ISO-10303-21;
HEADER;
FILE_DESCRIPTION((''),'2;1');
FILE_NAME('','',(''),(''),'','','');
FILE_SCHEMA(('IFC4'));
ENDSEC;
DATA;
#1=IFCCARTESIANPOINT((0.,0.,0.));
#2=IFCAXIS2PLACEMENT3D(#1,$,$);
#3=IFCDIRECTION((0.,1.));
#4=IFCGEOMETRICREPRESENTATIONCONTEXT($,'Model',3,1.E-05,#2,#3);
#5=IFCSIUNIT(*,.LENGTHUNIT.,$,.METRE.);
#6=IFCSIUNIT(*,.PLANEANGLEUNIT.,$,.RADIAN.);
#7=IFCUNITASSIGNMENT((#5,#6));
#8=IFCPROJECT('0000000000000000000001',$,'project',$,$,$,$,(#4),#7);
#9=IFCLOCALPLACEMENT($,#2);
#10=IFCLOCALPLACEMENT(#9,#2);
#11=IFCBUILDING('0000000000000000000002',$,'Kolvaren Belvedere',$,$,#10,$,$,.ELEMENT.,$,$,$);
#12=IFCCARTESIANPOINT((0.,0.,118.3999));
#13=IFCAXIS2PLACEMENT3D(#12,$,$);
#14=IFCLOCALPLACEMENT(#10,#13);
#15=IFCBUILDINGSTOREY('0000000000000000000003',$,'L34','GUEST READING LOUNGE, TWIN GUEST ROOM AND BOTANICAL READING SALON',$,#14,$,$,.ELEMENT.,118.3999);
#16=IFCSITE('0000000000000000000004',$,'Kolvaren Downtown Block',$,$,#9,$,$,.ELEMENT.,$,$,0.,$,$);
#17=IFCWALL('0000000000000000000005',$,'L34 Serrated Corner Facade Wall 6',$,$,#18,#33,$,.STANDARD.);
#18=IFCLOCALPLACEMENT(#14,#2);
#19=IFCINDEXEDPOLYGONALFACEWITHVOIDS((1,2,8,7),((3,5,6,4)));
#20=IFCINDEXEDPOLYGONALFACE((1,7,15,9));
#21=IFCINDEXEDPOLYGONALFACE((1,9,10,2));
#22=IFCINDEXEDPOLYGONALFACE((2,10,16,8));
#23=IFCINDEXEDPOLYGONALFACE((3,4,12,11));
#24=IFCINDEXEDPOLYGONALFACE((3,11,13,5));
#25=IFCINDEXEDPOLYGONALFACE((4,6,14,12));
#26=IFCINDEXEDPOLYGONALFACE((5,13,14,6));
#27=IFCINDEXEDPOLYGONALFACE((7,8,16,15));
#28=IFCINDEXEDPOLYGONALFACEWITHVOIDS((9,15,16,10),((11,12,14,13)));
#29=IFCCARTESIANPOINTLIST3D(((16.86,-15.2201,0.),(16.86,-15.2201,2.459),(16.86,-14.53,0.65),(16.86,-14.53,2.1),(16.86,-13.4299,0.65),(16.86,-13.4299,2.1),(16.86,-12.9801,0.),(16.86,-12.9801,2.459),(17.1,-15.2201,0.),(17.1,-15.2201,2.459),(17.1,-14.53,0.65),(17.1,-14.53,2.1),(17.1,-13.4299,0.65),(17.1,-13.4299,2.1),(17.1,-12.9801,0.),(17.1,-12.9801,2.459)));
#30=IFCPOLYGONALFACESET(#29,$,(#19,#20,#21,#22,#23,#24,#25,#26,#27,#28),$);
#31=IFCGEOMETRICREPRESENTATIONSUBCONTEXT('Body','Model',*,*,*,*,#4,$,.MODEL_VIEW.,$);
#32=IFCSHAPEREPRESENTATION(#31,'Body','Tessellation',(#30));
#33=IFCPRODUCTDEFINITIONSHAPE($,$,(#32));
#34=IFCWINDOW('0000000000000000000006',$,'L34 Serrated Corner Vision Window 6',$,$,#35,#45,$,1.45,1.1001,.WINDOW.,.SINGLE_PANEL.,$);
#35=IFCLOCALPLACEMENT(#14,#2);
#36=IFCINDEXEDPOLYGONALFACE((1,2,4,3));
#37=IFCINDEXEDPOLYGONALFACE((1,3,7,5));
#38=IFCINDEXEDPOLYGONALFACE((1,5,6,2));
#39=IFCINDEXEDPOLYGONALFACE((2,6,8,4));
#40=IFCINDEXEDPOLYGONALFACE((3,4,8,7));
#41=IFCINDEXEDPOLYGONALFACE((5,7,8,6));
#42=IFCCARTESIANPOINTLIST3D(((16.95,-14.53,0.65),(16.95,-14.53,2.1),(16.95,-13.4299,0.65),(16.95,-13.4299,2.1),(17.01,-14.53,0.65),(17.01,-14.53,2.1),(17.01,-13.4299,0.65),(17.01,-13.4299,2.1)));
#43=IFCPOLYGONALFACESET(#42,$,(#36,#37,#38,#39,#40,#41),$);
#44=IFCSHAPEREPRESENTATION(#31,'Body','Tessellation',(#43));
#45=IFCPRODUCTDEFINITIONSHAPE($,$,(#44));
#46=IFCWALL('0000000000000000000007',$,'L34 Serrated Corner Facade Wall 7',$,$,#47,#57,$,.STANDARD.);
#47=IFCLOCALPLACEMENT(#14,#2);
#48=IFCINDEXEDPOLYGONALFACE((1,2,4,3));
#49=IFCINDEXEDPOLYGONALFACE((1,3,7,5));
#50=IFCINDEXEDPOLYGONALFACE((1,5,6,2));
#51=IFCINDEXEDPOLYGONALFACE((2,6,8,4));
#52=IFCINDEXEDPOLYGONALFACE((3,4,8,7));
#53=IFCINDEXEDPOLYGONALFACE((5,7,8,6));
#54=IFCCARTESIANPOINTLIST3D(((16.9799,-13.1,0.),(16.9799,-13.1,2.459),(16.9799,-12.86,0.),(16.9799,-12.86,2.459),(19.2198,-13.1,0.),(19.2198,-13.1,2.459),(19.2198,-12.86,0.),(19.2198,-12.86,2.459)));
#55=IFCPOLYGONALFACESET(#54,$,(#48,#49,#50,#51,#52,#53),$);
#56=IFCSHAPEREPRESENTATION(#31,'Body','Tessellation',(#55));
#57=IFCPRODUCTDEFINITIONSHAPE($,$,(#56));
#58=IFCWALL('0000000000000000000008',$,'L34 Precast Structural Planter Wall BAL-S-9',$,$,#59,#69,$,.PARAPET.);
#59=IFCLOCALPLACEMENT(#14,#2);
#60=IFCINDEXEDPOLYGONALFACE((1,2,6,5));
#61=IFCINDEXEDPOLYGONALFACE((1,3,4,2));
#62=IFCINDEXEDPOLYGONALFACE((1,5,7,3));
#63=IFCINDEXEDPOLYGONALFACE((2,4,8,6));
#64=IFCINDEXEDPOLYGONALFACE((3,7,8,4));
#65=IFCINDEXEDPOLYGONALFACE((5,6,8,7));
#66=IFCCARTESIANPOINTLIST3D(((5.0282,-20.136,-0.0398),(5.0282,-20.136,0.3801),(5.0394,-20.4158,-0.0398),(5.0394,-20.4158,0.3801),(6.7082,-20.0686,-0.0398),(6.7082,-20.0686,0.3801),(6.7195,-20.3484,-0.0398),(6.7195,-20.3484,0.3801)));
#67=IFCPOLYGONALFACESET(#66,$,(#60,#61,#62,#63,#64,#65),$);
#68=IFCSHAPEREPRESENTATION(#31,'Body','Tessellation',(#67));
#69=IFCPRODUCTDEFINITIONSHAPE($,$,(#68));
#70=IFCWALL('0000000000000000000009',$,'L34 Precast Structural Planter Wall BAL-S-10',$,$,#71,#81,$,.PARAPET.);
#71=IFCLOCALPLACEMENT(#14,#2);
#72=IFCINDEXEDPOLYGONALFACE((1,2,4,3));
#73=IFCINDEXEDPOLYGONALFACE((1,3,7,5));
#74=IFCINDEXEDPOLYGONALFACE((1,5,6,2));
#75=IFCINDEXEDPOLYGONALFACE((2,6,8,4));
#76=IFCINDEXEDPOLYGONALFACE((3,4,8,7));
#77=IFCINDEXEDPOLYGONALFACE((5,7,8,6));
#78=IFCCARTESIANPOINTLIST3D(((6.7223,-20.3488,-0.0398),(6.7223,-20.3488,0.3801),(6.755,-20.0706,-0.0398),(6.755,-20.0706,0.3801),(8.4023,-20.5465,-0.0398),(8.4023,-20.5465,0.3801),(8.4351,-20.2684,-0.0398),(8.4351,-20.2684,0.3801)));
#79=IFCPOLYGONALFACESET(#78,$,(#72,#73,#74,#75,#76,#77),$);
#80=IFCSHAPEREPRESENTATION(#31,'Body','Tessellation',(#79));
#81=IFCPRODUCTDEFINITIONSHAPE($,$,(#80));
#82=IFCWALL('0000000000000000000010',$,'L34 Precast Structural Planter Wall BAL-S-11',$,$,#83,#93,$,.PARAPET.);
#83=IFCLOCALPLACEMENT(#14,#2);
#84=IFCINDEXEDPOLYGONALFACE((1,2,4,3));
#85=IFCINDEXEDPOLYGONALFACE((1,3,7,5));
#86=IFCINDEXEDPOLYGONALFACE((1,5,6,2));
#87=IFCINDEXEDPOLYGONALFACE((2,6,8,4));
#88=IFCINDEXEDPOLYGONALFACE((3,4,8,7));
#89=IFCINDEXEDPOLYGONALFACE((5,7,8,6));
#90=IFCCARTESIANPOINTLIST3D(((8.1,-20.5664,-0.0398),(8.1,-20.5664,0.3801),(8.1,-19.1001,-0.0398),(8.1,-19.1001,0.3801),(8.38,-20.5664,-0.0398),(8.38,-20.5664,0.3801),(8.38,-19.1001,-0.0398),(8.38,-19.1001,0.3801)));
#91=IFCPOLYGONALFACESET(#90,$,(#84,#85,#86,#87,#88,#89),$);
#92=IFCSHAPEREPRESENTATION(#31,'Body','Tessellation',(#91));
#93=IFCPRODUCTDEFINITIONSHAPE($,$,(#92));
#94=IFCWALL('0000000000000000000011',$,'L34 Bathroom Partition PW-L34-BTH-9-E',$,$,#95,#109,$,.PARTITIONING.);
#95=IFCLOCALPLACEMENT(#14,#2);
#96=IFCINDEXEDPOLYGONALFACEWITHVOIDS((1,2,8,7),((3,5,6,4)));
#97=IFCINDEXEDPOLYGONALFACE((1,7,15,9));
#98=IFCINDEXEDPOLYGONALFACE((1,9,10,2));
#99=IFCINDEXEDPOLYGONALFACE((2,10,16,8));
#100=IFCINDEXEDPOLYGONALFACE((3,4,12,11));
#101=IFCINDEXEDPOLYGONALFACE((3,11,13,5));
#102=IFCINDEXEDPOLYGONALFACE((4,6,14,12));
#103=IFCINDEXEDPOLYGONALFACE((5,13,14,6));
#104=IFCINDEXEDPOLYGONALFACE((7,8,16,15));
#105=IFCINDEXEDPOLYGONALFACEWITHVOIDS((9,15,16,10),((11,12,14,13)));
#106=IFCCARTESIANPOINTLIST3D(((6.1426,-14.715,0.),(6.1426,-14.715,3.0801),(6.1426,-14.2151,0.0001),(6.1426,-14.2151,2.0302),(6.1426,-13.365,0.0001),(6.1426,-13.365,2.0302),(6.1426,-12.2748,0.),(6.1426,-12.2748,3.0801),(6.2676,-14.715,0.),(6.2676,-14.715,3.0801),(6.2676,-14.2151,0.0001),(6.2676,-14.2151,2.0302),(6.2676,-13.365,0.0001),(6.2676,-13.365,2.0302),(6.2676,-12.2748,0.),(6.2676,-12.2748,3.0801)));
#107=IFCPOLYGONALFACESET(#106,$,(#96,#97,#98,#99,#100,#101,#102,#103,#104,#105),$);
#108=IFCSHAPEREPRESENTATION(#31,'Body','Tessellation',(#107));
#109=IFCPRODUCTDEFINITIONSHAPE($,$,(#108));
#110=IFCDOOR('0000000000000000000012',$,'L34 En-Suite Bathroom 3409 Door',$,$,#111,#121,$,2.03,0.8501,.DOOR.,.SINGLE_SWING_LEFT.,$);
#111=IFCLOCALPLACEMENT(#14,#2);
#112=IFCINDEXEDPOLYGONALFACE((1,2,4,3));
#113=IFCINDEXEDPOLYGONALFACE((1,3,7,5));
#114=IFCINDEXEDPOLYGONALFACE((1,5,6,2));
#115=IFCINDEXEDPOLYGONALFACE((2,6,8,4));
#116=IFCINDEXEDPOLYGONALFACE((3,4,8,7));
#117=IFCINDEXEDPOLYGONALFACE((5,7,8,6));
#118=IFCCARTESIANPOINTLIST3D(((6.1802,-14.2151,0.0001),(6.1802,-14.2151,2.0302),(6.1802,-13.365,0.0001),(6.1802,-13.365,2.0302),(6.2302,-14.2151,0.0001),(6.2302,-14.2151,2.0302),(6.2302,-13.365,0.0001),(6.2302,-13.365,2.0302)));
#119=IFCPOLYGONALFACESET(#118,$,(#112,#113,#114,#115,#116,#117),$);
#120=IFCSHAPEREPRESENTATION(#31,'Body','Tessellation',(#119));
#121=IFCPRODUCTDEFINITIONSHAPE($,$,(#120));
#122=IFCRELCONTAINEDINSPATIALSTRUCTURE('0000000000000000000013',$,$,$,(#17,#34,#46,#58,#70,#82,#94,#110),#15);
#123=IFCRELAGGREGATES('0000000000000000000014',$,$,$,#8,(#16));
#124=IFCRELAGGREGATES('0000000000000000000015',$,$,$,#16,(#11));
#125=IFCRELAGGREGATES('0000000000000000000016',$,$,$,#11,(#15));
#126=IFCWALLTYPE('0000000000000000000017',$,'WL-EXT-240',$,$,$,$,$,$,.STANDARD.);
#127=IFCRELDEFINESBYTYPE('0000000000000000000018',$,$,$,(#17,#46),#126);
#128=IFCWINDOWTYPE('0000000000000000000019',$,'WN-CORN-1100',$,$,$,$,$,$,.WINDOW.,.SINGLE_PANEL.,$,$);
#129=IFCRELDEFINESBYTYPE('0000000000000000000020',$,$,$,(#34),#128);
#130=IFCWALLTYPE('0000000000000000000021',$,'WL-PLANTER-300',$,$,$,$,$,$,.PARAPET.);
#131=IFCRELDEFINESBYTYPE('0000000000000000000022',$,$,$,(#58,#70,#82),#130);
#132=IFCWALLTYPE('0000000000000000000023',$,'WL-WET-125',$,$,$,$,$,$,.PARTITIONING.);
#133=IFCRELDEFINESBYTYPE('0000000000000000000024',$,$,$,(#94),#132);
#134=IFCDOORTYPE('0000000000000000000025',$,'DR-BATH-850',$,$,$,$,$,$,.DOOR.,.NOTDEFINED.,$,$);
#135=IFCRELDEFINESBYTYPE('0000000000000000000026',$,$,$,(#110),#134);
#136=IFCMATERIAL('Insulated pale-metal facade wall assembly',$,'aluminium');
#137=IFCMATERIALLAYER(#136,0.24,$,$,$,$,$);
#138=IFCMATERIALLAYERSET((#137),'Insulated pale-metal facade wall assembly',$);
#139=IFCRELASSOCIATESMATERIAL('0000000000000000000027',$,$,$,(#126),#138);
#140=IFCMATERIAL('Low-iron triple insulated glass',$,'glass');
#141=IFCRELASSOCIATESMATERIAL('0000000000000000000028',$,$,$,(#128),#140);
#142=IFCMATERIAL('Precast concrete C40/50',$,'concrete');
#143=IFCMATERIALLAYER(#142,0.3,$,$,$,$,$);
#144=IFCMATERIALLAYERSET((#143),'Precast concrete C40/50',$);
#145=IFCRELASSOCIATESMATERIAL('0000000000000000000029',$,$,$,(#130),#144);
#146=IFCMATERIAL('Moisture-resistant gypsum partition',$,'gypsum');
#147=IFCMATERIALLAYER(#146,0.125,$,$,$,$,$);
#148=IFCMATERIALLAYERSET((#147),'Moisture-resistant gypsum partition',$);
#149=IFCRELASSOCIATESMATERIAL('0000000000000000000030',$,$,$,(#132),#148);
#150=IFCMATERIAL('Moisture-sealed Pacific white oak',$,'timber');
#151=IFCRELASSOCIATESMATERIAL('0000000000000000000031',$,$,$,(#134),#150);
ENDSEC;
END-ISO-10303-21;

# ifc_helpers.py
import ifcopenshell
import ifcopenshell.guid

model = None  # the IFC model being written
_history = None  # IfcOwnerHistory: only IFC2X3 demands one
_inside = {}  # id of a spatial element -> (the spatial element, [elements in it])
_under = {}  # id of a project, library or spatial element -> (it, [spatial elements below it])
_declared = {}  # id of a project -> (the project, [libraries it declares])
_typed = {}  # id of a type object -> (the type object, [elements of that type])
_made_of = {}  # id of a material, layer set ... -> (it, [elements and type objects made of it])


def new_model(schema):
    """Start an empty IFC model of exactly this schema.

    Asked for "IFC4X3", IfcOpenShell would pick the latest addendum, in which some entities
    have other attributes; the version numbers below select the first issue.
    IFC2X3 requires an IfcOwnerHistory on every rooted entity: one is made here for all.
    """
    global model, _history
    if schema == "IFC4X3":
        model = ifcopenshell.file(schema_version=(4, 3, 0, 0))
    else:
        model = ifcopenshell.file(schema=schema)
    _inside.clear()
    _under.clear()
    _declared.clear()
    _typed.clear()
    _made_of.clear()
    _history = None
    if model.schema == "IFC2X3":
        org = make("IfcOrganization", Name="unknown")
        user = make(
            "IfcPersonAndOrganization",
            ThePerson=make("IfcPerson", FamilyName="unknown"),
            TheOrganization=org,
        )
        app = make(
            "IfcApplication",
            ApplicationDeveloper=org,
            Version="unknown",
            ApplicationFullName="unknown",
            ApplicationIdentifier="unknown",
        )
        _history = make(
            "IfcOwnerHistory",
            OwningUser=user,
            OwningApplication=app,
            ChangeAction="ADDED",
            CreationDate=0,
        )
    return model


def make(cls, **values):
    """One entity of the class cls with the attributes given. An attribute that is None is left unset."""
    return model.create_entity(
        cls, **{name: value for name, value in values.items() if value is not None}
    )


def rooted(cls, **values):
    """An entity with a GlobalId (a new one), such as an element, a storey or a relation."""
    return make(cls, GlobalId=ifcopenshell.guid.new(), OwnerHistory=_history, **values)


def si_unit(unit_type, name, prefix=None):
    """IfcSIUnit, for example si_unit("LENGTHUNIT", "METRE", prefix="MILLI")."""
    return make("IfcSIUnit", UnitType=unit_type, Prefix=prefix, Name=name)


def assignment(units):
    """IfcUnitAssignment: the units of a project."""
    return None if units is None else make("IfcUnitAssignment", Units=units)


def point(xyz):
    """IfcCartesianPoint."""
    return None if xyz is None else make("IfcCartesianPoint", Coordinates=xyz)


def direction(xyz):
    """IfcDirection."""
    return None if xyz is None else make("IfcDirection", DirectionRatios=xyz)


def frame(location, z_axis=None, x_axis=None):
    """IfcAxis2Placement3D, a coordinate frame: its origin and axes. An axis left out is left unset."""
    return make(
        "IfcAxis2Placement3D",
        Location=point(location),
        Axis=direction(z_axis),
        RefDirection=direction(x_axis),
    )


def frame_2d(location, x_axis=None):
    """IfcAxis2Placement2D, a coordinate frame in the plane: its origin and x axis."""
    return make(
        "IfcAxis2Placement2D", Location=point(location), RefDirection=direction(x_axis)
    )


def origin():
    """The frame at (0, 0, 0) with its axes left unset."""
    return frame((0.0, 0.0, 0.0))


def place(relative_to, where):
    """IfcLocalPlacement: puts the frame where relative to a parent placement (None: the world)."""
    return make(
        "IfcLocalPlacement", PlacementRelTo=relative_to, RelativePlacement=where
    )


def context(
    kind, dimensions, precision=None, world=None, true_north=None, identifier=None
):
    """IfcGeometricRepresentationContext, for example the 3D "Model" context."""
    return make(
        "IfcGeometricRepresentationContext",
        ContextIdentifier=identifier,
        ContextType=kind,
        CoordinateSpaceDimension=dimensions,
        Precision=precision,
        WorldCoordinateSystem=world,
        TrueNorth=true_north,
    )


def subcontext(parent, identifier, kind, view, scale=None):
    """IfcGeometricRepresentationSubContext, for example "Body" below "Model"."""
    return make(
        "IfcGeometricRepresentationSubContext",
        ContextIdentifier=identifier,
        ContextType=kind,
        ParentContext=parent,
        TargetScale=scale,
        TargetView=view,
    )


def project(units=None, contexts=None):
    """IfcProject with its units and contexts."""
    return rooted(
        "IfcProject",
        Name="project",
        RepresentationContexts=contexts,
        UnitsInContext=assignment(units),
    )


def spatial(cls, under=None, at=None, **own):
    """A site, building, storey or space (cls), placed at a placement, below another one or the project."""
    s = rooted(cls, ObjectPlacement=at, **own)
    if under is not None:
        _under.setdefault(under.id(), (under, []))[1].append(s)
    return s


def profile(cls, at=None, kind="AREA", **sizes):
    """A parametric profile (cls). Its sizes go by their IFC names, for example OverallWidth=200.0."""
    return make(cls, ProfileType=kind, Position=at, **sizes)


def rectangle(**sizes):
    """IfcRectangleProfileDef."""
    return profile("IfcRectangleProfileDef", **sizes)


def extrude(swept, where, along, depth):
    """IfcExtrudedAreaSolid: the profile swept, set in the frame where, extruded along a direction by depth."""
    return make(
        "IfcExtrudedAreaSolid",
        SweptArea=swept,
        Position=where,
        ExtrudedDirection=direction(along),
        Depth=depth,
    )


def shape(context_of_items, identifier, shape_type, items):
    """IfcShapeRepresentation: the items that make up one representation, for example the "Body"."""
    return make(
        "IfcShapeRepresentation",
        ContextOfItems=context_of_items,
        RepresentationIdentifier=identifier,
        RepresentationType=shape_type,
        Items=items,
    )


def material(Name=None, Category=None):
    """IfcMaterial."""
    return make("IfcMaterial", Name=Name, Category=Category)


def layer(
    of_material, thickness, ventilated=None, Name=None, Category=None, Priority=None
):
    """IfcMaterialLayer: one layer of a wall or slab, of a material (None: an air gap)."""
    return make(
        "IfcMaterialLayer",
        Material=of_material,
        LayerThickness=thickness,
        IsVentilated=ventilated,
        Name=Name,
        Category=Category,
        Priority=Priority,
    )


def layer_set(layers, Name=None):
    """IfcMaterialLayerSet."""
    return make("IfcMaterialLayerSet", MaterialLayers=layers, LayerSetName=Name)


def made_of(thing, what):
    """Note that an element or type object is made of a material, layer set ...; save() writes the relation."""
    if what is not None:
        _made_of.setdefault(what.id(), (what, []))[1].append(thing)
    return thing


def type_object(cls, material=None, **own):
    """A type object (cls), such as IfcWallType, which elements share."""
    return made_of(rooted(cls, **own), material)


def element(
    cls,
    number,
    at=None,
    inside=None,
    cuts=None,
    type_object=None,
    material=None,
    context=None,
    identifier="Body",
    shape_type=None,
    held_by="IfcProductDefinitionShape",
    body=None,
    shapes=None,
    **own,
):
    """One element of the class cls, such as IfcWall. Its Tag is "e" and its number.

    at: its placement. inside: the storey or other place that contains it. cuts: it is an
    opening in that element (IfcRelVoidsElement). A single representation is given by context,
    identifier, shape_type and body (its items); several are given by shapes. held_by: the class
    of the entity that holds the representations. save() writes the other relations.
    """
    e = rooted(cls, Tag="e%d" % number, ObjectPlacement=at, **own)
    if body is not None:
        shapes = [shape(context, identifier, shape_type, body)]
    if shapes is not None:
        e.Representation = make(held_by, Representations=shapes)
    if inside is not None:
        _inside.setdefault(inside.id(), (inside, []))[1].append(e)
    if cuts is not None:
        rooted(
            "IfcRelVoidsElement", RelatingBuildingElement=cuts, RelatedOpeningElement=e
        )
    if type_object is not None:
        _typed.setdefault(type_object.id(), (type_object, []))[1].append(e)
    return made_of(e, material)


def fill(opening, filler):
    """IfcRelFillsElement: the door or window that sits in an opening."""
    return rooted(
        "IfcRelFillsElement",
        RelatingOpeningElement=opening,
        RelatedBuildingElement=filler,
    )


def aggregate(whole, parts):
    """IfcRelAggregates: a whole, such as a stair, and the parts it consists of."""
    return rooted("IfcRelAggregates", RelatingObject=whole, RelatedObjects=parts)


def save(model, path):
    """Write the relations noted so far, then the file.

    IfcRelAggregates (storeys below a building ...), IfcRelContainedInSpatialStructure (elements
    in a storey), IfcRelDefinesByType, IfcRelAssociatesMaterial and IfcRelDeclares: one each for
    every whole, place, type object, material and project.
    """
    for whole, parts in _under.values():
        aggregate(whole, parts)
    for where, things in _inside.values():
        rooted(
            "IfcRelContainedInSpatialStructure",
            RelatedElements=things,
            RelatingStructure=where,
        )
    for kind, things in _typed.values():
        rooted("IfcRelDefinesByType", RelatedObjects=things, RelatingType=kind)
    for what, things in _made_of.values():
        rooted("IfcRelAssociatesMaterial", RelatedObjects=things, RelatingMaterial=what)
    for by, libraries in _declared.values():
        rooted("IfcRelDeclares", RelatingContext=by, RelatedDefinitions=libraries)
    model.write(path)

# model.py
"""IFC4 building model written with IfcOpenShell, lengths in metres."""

from ifc_helpers import new_model, si_unit, direction, frame, frame_2d, origin, place, context, subcontext, project, spatial, rectangle, extrude, material, layer, layer_set, type_object, element, fill, save


model = new_model("IFC4")

# Units and contexts
model_context = context("Model", 3, precision=1e-05, world=origin(), true_north=direction((0.0, 1.0)))
body_context = subcontext(model_context, "Body", "Model", "MODEL_VIEW")
ifc_project = project(units=[si_unit("LENGTHUNIT", "METRE"), si_unit("PLANEANGLEUNIT", "RADIAN")], contexts=[model_context])

# Site, building, storey
site_placement = place(None, origin())
site = spatial("IfcSite", under=ifc_project, at=site_placement, Name="Kolvaren Downtown Block", CompositionType="ELEMENT", RefElevation=0.0)
building_placement = place(site_placement, origin())
building = spatial("IfcBuilding", under=site, at=building_placement, Name="Kolvaren Belvedere", CompositionType="ELEMENT")
storey_placement = place(building_placement, frame((0.0, 0.0, 118.3999)))
storey = spatial("IfcBuildingStorey", under=building, at=storey_placement, Name="L34", Description="GUEST READING LOUNGE, TWIN GUEST ROOM AND BOTANICAL READING SALON", CompositionType="ELEMENT", Elevation=118.3999)

# Shared definitions
ifc_material_1 = material(Name="Insulated pale-metal facade wall assembly", Category="aluminium")
ifc_layer_1 = layer(ifc_material_1, 0.24)
ifc_layer_set_1 = layer_set([ifc_layer_1], Name="Insulated pale-metal facade wall assembly")
wall_type_1 = type_object("IfcWallType", Name="WL-EXT-240", PredefinedType="STANDARD", material=ifc_layer_set_1)

# Wall, opening, window
ifc_material_2 = material(Name="Low-iron triple insulated glass", Category="glass")
window_type = type_object("IfcWindowType", Name="WN-CORN-1100", PartitioningType="SINGLE_PANEL", PredefinedType="WINDOW", material=ifc_material_2)
wall_1_placement = place(storey_placement, frame((16.98, -12.98, 0.0), z_axis=(0.0, 0.0, 1.0), x_axis=(0.0, -1.0, 0.0)))
wall_1 = element("IfcWall", 1, at=wall_1_placement, inside=storey, type_object=wall_type_1, Name="L34 Serrated Corner Facade Wall 6", PredefinedType="STANDARD", context=body_context, shape_type="SweptSolid", body=[
    extrude(rectangle(XDim=2.24, YDim=0.24, at=frame_2d((1.1201, 0.0))), origin(), (0.0, 0.0, 1.0), 2.459),
])
opening_1_placement = place(wall_1_placement, frame((0.45, 0.0, 0.6499)))
opening_1 = element("IfcOpeningElement", 2, at=opening_1_placement, cuts=wall_1, PredefinedType="OPENING", context=body_context, shape_type="SweptSolid", body=[
    extrude(rectangle(XDim=1.1001, YDim=1.45, at=frame_2d((0.55, 0.7251))), frame((0.0, 0.1299, 0.0), z_axis=(0.0, -1.0, 0.0), x_axis=(1.0, 0.0, 0.0)), (0.0, 0.0, 1.0), 0.26),
])
window_1_placement = place(opening_1_placement, origin())
window_1 = element("IfcWindow", 3, at=window_1_placement, inside=storey, type_object=window_type, Name="L34 Serrated Corner Vision Window 6", OverallHeight=1.45, OverallWidth=1.1001, PartitioningType="SINGLE_PANEL", PredefinedType="WINDOW", context=body_context, shape_type="SweptSolid", body=[
    extrude(rectangle(XDim=1.1001, YDim=1.45, at=frame_2d((0.55, 0.7251))), frame((0.0, 0.03, 0.0), z_axis=(0.0, -1.0, 0.0), x_axis=(1.0, 0.0, 0.0)), (0.0, 0.0, 1.0), 0.0601),
])
fill(opening_1, window_1)

# Walls
wall_2_placement = place(storey_placement, frame((19.22, -12.98, 0.0), z_axis=(0.0, 0.0, 1.0), x_axis=(-1.0, 0.0, 0.0)))
element("IfcWall", 4, at=wall_2_placement, inside=storey, type_object=wall_type_1, Name="L34 Serrated Corner Facade Wall 7", PredefinedType="STANDARD", context=body_context, shape_type="SweptSolid", body=[
    extrude(rectangle(XDim=2.24, YDim=0.24, at=frame_2d((1.1201, 0.0))), origin(), (0.0, 0.0, 1.0), 2.459),
])
ifc_material_3 = material(Name="Precast concrete C40/50", Category="concrete")
ifc_layer_2 = layer(ifc_material_3, 0.3)
ifc_layer_set_2 = layer_set([ifc_layer_2], Name="Precast concrete C40/50")
wall_type_2 = type_object("IfcWallType", Name="WL-PLANTER-300", PredefinedType="PARAPET", material=ifc_layer_set_2)
wall_3_placement = place(storey_placement, frame((5.0337, -20.2759, -0.0398), z_axis=(0.0, 0.0, 1.0), x_axis=(0.999197, 0.040078, 0.0)))
element("IfcWall", 5, at=wall_3_placement, inside=storey, type_object=wall_type_2, Name="L34 Precast Structural Planter Wall BAL-S-9", PredefinedType="PARAPET", context=body_context, shape_type="SweptSolid", body=[
    extrude(rectangle(XDim=1.6814, YDim=0.28, at=frame_2d((0.8408, 0.0))), origin(), (0.0, 0.0, 1.0), 0.4199),
])
wall_4_placement = place(storey_placement, frame((6.7388, -20.2097, -0.0398), z_axis=(0.0, 0.0, 1.0), x_axis=(0.993143, -0.116908, 0.0)))
element("IfcWall", 6, at=wall_4_placement, inside=storey, type_object=wall_type_2, Name="L34 Precast Structural Planter Wall BAL-S-10", PredefinedType="PARAPET", context=body_context, shape_type="SweptSolid", body=[
    extrude(rectangle(XDim=1.6917, YDim=0.28, at=frame_2d((0.8457, 0.0))), origin(), (0.0, 0.0, 1.0), 0.4199),
])
wall_5_placement = place(storey_placement, frame((8.24, -20.5664, -0.0398), z_axis=(0.0, 0.0, 1.0), x_axis=(0.0, 1.0, 0.0)))
element("IfcWall", 7, at=wall_5_placement, inside=storey, type_object=wall_type_2, Name="L34 Precast Structural Planter Wall BAL-S-11", PredefinedType="PARAPET", context=body_context, shape_type="SweptSolid", body=[
    extrude(rectangle(XDim=1.4663, YDim=0.28, at=frame_2d((0.7332, 0.0))), origin(), (0.0, 0.0, 1.0), 0.4199),
])

# Wall, opening, door
ifc_material_4 = material(Name="Moisture-resistant gypsum partition", Category="gypsum")
ifc_layer_3 = layer(ifc_material_4, 0.125)
ifc_layer_set_3 = layer_set([ifc_layer_3], Name="Moisture-resistant gypsum partition")
wall_type_3 = type_object("IfcWallType", Name="WL-WET-125", PredefinedType="PARTITIONING", material=ifc_layer_set_3)
wall_6_placement = place(storey_placement, frame((6.2051, -14.7151, 0.0), z_axis=(0.0, 0.0, 1.0), x_axis=(0.0, 1.0, 0.0)))
wall_6 = element("IfcWall", 8, at=wall_6_placement, inside=storey, type_object=wall_type_3, Name="L34 Bathroom Partition PW-L34-BTH-9-E", PredefinedType="PARTITIONING", context=body_context, shape_type="SweptSolid", body=[
    extrude(rectangle(XDim=2.4402, YDim=0.125, at=frame_2d((1.2202, 0.0))), origin(), (0.0, 0.0, 1.0), 3.0801),
])
opening_2_placement = place(wall_6_placement, frame((0.5, 0.0, 0.0)))
opening_2 = element("IfcOpeningElement", 9, at=opening_2_placement, cuts=wall_6, PredefinedType="OPENING", context=body_context, shape_type="SweptSolid", body=[
    extrude(rectangle(XDim=0.8501, YDim=2.03, at=frame_2d((0.425, 1.0151))), frame((0.0, 0.0725, 0.0), z_axis=(0.0, -1.0, 0.0), x_axis=(1.0, 0.0, 0.0)), (0.0, 0.0, 1.0), 0.145),
])
ifc_material_5 = material(Name="Moisture-sealed Pacific white oak", Category="timber")
door_type = type_object("IfcDoorType", Name="DR-BATH-850", OperationType="NOTDEFINED", PredefinedType="DOOR", material=ifc_material_5)
door_placement = place(opening_2_placement, origin())
door = element("IfcDoor", 10, at=door_placement, inside=storey, type_object=door_type, Name="L34 En-Suite Bathroom 3409 Door", OperationType="SINGLE_SWING_LEFT", OverallHeight=2.03, OverallWidth=0.8501, PredefinedType="DOOR", context=body_context, shape_type="SweptSolid", body=[
    extrude(rectangle(XDim=0.8501, YDim=2.03, at=frame_2d((0.425, 1.0151))), frame((0.0, 0.0249, 0.0), z_axis=(0.0, -1.0, 0.0), x_axis=(1.0, 0.0, 0.0)), (0.0, 0.0, 1.0), 0.05),
])
fill(opening_2, door)

save(model, "model.ifc")
